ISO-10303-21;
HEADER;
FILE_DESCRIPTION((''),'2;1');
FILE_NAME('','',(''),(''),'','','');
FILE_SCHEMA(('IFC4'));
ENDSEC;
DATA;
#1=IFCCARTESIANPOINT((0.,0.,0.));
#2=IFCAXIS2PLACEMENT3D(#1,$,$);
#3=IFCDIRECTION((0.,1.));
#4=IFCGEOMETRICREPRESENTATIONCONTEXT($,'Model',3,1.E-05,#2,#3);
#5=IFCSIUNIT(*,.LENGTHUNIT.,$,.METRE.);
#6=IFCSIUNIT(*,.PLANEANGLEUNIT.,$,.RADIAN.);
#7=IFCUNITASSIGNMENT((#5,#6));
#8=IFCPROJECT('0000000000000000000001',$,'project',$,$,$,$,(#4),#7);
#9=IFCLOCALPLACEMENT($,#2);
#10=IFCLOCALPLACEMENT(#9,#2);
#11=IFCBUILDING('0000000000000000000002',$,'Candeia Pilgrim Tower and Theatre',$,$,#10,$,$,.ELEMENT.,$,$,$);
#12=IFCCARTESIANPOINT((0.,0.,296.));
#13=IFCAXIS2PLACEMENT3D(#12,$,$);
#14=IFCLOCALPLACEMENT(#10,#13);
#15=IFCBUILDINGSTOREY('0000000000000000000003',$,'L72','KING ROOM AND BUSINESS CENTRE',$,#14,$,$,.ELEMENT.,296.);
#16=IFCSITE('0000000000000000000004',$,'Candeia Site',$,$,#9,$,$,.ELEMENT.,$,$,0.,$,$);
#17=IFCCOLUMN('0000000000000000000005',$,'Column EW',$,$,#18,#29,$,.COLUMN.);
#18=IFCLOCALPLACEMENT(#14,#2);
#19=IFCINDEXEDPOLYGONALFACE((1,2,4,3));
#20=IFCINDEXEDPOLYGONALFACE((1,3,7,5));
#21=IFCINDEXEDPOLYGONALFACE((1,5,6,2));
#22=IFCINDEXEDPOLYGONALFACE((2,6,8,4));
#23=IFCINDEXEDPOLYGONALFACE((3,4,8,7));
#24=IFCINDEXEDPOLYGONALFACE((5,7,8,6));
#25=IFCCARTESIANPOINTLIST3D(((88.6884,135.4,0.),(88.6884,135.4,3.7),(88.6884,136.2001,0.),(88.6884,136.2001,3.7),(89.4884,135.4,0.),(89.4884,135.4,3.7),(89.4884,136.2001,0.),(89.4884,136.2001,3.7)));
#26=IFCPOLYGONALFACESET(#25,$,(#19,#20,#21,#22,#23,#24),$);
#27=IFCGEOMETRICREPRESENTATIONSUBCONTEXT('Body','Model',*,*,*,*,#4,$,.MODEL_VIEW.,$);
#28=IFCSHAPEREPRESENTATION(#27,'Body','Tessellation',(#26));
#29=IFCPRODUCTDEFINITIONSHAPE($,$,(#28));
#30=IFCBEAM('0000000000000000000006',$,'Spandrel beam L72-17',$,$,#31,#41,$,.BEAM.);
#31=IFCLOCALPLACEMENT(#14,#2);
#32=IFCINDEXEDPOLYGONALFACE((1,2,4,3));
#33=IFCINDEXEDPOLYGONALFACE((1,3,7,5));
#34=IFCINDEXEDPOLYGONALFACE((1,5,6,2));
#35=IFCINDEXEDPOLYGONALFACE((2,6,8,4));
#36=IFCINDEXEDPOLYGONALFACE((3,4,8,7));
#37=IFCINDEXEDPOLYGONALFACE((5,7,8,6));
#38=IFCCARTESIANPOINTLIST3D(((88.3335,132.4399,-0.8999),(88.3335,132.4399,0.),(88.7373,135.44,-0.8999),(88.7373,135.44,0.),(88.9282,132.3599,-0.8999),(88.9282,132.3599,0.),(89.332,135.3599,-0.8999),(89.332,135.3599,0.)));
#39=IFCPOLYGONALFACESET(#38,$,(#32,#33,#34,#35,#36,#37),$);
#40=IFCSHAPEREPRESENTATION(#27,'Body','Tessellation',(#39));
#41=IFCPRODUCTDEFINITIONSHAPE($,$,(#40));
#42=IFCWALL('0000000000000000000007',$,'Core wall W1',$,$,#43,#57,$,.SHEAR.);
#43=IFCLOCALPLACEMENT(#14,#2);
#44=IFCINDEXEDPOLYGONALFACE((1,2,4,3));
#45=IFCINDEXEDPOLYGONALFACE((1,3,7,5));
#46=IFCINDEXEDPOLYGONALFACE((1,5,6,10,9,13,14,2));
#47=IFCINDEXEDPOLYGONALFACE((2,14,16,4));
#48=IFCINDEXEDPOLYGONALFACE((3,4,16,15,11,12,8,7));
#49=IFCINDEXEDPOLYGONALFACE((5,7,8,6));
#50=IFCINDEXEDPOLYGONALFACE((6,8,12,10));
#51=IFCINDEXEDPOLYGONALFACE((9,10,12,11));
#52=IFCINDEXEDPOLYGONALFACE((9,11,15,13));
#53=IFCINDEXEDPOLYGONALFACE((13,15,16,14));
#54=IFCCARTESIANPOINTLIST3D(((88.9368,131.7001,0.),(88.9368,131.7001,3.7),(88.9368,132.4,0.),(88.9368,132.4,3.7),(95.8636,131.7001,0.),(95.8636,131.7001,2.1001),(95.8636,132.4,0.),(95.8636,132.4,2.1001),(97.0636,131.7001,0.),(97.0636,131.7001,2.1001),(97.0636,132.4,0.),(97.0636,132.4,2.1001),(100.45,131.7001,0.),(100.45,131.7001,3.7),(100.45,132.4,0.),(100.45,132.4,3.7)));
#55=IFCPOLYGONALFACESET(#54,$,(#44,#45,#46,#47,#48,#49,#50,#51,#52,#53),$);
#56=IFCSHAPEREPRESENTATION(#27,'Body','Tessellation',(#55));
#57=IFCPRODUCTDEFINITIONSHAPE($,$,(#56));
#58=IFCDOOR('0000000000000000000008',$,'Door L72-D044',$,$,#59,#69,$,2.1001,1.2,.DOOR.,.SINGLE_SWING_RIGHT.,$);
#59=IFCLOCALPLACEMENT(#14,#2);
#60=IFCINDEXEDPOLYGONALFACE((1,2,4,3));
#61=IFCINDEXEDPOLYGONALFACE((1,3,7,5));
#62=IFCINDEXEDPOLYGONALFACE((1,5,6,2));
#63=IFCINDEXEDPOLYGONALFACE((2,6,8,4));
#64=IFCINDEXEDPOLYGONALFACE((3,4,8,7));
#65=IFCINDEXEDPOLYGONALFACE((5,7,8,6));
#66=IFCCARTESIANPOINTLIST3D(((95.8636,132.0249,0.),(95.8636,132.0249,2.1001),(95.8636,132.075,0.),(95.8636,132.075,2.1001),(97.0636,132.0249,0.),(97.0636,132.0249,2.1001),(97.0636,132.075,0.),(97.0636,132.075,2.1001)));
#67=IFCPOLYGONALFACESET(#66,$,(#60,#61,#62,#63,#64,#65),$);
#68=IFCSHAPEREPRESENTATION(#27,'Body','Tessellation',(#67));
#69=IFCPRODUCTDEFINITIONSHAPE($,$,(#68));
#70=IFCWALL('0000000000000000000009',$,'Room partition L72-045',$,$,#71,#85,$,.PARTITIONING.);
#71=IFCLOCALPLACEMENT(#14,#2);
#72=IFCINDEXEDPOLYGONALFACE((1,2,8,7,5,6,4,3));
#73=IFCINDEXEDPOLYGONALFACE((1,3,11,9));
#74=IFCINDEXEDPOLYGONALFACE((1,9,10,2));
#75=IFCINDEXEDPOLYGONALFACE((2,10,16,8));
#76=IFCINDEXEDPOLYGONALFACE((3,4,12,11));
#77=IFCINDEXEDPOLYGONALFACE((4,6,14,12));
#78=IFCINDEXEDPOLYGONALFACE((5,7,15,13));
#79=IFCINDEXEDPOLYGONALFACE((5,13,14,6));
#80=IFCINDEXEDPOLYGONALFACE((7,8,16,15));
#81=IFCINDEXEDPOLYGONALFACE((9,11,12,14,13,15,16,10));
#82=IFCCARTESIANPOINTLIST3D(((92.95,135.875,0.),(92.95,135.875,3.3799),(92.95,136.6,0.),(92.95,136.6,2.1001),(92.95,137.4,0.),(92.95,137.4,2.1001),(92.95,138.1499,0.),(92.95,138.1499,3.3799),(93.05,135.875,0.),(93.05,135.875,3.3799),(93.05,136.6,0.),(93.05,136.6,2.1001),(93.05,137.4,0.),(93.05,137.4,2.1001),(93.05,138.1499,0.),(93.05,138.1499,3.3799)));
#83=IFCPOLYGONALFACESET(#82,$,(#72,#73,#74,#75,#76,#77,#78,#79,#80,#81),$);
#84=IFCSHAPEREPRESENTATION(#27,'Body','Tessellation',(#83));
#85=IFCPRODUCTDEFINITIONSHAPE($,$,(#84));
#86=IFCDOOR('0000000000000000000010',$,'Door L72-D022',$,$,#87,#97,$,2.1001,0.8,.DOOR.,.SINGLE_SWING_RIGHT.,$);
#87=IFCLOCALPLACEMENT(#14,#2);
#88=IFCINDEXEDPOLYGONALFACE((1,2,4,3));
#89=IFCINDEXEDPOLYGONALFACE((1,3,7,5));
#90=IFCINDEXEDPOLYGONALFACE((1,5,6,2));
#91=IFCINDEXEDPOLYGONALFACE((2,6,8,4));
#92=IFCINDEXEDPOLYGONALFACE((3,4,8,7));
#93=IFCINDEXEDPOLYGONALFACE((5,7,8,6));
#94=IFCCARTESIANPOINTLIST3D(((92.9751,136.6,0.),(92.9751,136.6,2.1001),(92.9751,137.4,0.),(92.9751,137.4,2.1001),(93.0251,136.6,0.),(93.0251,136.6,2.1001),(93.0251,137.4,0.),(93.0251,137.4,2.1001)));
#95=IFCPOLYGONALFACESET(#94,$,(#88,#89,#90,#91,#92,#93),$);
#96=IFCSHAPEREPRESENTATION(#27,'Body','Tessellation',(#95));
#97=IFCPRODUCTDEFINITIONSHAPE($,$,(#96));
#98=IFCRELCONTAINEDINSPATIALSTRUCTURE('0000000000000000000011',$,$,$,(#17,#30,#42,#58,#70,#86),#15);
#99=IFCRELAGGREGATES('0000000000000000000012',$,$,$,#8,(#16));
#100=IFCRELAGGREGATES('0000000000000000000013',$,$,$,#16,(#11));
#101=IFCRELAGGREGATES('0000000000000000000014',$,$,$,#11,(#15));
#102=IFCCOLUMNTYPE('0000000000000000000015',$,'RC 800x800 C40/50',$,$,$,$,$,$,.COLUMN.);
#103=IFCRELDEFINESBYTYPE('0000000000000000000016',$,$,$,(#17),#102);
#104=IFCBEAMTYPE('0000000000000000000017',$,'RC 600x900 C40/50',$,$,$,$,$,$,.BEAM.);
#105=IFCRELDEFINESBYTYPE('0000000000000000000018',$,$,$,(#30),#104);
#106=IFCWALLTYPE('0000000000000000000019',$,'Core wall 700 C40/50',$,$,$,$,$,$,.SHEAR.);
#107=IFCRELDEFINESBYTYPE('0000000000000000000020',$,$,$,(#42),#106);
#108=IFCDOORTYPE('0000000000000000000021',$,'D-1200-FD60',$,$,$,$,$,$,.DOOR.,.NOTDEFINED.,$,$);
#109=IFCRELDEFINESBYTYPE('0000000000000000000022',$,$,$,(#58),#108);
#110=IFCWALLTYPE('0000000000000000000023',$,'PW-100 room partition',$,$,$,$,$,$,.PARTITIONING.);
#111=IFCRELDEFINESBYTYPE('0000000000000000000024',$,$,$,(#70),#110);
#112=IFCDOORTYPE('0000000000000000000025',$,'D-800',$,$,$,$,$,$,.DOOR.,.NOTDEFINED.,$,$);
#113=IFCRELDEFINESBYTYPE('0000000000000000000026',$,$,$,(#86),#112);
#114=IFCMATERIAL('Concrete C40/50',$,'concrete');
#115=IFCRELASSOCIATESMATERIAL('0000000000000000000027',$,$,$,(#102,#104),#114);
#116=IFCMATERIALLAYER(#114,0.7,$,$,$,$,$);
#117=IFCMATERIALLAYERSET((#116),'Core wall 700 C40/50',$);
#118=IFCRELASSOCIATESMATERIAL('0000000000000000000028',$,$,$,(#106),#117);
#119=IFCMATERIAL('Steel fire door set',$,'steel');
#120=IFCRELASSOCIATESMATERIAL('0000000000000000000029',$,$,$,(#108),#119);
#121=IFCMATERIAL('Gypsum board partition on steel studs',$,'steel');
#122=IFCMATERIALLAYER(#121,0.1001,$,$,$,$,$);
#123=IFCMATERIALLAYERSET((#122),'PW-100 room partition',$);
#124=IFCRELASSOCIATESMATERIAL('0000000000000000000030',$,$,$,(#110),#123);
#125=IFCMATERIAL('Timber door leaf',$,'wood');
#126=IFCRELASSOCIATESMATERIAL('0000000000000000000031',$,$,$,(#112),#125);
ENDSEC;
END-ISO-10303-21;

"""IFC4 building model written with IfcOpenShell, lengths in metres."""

from ifc_helpers import new_model, si_unit, direction, frame, frame_2d, origin, origin_2d, place, context, subcontext, project, spatial, rectangle, extrude, material, layer, layer_set, material_profile, profile_set, type_object, element, fill, save


model = new_model("IFC4")

# Units and contexts
model_context = context("Model", 3, precision=1e-05, world=origin(), true_north=direction((0.0, 1.0)))
body_context = subcontext(model_context, "Body", "Model", "MODEL_VIEW")
ifc_project = project(units=[si_unit("LENGTHUNIT", "METRE"), si_unit("PLANEANGLEUNIT", "RADIAN")], contexts=[model_context])

# Site, building, storey
site_placement = place(None, origin())
site = spatial("IfcSite", under=ifc_project, at=site_placement, Name="Candeia Site", CompositionType="ELEMENT", RefElevation=0.0)
building_placement = place(site_placement, origin())
building = spatial("IfcBuilding", under=site, at=building_placement, Name="Candeia Pilgrim Tower and Theatre", CompositionType="ELEMENT")
storey_placement = place(building_placement, frame((0.0, 0.0, 296.0)))
storey = spatial("IfcBuildingStorey", under=building, at=storey_placement, Name="L72", Description="KING ROOM AND BUSINESS CENTRE", CompositionType="ELEMENT", Elevation=296.0)

# Column
ifc_material_1 = material(Name="Concrete C40/50", Category="concrete")
ifc_material_profile_1 = material_profile(ifc_material_1, rectangle(XDim=0.8, YDim=0.8, at=origin_2d()))
ifc_profile_set_1 = profile_set([ifc_material_profile_1], Name="Concrete C40/50")
column_type = type_object("IfcColumnType", Name="RC 800x800 C40/50", PredefinedType="COLUMN", material=ifc_profile_set_1)
column_placement = place(storey_placement, frame((89.0884, 135.8, 0.0), z_axis=(0.0, 0.0, 1.0), x_axis=(1.0, 0.0, 0.0)))
element("IfcColumn", 1, at=column_placement, inside=storey, type_object=column_type, Name="Column EW", PredefinedType="COLUMN", context=body_context, shape_type="SweptSolid", body=[
    extrude(rectangle(XDim=0.8, YDim=0.8, at=origin_2d()), origin(), (0.0, 0.0, 1.0), 3.7),
])

# Beam
ifc_material_profile_2 = material_profile(ifc_material_1, rectangle(XDim=0.6001, YDim=0.8999, at=origin_2d()))
ifc_profile_set_2 = profile_set([ifc_material_profile_2], Name="Concrete C40/50")
beam_type = type_object("IfcBeamType", Name="RC 600x900 C40/50", PredefinedType="BEAM", material=ifc_profile_set_2)
beam_placement = place(storey_placement, frame((88.6309, 132.3999, -0.45), z_axis=(0.1334, 0.991062, 0.0), x_axis=(-0.991062, 0.1334, 0.0)))
element("IfcBeam", 2, at=beam_placement, inside=storey, type_object=beam_type, Name="Spandrel beam L72-17", PredefinedType="BEAM", context=body_context, shape_type="SweptSolid", body=[
    extrude(rectangle(XDim=0.6001, YDim=0.8999, at=origin_2d()), origin(), (0.0, 0.0, 1.0), 3.0271),
])

# Walls, openings, doors
ifc_layer_1 = layer(ifc_material_1, 0.7)
ifc_layer_set_1 = layer_set([ifc_layer_1], Name="Core wall 700 C40/50")
wall_type_1 = type_object("IfcWallType", Name="Core wall 700 C40/50", PredefinedType="SHEAR", material=ifc_layer_set_1)
wall_1_placement = place(storey_placement, frame((88.9368, 132.05, 0.0), z_axis=(0.0, 0.0, 1.0), x_axis=(1.0, 0.0, 0.0)))
wall_1 = element("IfcWall", 3, at=wall_1_placement, inside=storey, type_object=wall_type_1, Name="Core wall W1", PredefinedType="SHEAR", context=body_context, shape_type="SweptSolid", body=[
    extrude(rectangle(XDim=11.5132, YDim=0.7, at=frame_2d((5.7566, 0.0))), origin(), (0.0, 0.0, 1.0), 3.7),
])
opening_1_placement = place(wall_1_placement, frame((6.9268, 0.0, 0.0)))
opening_1 = element("IfcOpeningElement", 4, at=opening_1_placement, cuts=wall_1, PredefinedType="OPENING", context=body_context, shape_type="SweptSolid", body=[
    extrude(rectangle(XDim=1.2, YDim=2.1001, at=frame_2d((0.6001, 1.05))), frame((0.0, 0.3599, 0.0), z_axis=(0.0, -1.0, 0.0), x_axis=(1.0, 0.0, 0.0)), (0.0, 0.0, 1.0), 0.72),
])
ifc_material_2 = material(Name="Steel fire door set", Category="steel")
door_type_1 = type_object("IfcDoorType", Name="D-1200-FD60", OperationType="NOTDEFINED", PredefinedType="DOOR", material=ifc_material_2)
door_1_placement = place(opening_1_placement, origin())
door_1 = element("IfcDoor", 5, at=door_1_placement, inside=storey, type_object=door_type_1, Name="Door L72-D044", OperationType="SINGLE_SWING_RIGHT", OverallHeight=2.1001, OverallWidth=1.2, PredefinedType="DOOR", context=body_context, shape_type="SweptSolid", body=[
    extrude(rectangle(XDim=1.2, YDim=2.1001, at=frame_2d((0.6001, 1.05))), frame((0.0, 0.0249, 0.0), z_axis=(0.0, -1.0, 0.0), x_axis=(1.0, 0.0, 0.0)), (0.0, 0.0, 1.0), 0.05),
])
fill(opening_1, door_1)
ifc_material_3 = material(Name="Gypsum board partition on steel studs", Category="steel")
ifc_layer_2 = layer(ifc_material_3, 0.1001)
ifc_layer_set_2 = layer_set([ifc_layer_2], Name="PW-100 room partition")
wall_type_2 = type_object("IfcWallType", Name="PW-100 room partition", PredefinedType="PARTITIONING", material=ifc_layer_set_2)
wall_2_placement = place(storey_placement, frame((93.0, 135.875, 0.0), z_axis=(0.0, 0.0, 1.0), x_axis=(0.0, 1.0, 0.0)))
wall_2 = element("IfcWall", 6, at=wall_2_placement, inside=storey, type_object=wall_type_2, Name="Room partition L72-045", PredefinedType="PARTITIONING", context=body_context, shape_type="SweptSolid", body=[
    extrude(rectangle(XDim=2.2749, YDim=0.1001, at=frame_2d((1.1375, 0.0))), origin(), (0.0, 0.0, 1.0), 3.3799),
])
opening_2_placement = place(wall_2_placement, frame((0.7251, 0.0, 0.0)))
opening_2 = element("IfcOpeningElement", 7, at=opening_2_placement, cuts=wall_2, PredefinedType="OPENING", context=body_context, shape_type="SweptSolid", body=[
    extrude(rectangle(XDim=0.8, YDim=2.1001, at=frame_2d((0.3999, 1.05))), frame((0.0, 0.0601, 0.0), z_axis=(0.0, -1.0, 0.0), x_axis=(1.0, 0.0, 0.0)), (0.0, 0.0, 1.0), 0.1201),
])
ifc_material_4 = material(Name="Timber door leaf", Category="wood")
door_type_2 = type_object("IfcDoorType", Name="D-800", OperationType="NOTDEFINED", PredefinedType="DOOR", material=ifc_material_4)
door_2_placement = place(opening_2_placement, origin())
door_2 = element("IfcDoor", 8, at=door_2_placement, inside=storey, type_object=door_type_2, Name="Door L72-D022", OperationType="SINGLE_SWING_RIGHT", OverallHeight=2.1001, OverallWidth=0.8, PredefinedType="DOOR", context=body_context, shape_type="SweptSolid", body=[
    extrude(rectangle(XDim=0.8, YDim=2.1001, at=frame_2d((0.3999, 1.05))), frame((0.0, 0.0249, 0.0), z_axis=(0.0, -1.0, 0.0), x_axis=(1.0, 0.0, 0.0)), (0.0, 0.0, 1.0), 0.05),
])
fill(opening_2, door_2)

save(model, "model.ifc")
